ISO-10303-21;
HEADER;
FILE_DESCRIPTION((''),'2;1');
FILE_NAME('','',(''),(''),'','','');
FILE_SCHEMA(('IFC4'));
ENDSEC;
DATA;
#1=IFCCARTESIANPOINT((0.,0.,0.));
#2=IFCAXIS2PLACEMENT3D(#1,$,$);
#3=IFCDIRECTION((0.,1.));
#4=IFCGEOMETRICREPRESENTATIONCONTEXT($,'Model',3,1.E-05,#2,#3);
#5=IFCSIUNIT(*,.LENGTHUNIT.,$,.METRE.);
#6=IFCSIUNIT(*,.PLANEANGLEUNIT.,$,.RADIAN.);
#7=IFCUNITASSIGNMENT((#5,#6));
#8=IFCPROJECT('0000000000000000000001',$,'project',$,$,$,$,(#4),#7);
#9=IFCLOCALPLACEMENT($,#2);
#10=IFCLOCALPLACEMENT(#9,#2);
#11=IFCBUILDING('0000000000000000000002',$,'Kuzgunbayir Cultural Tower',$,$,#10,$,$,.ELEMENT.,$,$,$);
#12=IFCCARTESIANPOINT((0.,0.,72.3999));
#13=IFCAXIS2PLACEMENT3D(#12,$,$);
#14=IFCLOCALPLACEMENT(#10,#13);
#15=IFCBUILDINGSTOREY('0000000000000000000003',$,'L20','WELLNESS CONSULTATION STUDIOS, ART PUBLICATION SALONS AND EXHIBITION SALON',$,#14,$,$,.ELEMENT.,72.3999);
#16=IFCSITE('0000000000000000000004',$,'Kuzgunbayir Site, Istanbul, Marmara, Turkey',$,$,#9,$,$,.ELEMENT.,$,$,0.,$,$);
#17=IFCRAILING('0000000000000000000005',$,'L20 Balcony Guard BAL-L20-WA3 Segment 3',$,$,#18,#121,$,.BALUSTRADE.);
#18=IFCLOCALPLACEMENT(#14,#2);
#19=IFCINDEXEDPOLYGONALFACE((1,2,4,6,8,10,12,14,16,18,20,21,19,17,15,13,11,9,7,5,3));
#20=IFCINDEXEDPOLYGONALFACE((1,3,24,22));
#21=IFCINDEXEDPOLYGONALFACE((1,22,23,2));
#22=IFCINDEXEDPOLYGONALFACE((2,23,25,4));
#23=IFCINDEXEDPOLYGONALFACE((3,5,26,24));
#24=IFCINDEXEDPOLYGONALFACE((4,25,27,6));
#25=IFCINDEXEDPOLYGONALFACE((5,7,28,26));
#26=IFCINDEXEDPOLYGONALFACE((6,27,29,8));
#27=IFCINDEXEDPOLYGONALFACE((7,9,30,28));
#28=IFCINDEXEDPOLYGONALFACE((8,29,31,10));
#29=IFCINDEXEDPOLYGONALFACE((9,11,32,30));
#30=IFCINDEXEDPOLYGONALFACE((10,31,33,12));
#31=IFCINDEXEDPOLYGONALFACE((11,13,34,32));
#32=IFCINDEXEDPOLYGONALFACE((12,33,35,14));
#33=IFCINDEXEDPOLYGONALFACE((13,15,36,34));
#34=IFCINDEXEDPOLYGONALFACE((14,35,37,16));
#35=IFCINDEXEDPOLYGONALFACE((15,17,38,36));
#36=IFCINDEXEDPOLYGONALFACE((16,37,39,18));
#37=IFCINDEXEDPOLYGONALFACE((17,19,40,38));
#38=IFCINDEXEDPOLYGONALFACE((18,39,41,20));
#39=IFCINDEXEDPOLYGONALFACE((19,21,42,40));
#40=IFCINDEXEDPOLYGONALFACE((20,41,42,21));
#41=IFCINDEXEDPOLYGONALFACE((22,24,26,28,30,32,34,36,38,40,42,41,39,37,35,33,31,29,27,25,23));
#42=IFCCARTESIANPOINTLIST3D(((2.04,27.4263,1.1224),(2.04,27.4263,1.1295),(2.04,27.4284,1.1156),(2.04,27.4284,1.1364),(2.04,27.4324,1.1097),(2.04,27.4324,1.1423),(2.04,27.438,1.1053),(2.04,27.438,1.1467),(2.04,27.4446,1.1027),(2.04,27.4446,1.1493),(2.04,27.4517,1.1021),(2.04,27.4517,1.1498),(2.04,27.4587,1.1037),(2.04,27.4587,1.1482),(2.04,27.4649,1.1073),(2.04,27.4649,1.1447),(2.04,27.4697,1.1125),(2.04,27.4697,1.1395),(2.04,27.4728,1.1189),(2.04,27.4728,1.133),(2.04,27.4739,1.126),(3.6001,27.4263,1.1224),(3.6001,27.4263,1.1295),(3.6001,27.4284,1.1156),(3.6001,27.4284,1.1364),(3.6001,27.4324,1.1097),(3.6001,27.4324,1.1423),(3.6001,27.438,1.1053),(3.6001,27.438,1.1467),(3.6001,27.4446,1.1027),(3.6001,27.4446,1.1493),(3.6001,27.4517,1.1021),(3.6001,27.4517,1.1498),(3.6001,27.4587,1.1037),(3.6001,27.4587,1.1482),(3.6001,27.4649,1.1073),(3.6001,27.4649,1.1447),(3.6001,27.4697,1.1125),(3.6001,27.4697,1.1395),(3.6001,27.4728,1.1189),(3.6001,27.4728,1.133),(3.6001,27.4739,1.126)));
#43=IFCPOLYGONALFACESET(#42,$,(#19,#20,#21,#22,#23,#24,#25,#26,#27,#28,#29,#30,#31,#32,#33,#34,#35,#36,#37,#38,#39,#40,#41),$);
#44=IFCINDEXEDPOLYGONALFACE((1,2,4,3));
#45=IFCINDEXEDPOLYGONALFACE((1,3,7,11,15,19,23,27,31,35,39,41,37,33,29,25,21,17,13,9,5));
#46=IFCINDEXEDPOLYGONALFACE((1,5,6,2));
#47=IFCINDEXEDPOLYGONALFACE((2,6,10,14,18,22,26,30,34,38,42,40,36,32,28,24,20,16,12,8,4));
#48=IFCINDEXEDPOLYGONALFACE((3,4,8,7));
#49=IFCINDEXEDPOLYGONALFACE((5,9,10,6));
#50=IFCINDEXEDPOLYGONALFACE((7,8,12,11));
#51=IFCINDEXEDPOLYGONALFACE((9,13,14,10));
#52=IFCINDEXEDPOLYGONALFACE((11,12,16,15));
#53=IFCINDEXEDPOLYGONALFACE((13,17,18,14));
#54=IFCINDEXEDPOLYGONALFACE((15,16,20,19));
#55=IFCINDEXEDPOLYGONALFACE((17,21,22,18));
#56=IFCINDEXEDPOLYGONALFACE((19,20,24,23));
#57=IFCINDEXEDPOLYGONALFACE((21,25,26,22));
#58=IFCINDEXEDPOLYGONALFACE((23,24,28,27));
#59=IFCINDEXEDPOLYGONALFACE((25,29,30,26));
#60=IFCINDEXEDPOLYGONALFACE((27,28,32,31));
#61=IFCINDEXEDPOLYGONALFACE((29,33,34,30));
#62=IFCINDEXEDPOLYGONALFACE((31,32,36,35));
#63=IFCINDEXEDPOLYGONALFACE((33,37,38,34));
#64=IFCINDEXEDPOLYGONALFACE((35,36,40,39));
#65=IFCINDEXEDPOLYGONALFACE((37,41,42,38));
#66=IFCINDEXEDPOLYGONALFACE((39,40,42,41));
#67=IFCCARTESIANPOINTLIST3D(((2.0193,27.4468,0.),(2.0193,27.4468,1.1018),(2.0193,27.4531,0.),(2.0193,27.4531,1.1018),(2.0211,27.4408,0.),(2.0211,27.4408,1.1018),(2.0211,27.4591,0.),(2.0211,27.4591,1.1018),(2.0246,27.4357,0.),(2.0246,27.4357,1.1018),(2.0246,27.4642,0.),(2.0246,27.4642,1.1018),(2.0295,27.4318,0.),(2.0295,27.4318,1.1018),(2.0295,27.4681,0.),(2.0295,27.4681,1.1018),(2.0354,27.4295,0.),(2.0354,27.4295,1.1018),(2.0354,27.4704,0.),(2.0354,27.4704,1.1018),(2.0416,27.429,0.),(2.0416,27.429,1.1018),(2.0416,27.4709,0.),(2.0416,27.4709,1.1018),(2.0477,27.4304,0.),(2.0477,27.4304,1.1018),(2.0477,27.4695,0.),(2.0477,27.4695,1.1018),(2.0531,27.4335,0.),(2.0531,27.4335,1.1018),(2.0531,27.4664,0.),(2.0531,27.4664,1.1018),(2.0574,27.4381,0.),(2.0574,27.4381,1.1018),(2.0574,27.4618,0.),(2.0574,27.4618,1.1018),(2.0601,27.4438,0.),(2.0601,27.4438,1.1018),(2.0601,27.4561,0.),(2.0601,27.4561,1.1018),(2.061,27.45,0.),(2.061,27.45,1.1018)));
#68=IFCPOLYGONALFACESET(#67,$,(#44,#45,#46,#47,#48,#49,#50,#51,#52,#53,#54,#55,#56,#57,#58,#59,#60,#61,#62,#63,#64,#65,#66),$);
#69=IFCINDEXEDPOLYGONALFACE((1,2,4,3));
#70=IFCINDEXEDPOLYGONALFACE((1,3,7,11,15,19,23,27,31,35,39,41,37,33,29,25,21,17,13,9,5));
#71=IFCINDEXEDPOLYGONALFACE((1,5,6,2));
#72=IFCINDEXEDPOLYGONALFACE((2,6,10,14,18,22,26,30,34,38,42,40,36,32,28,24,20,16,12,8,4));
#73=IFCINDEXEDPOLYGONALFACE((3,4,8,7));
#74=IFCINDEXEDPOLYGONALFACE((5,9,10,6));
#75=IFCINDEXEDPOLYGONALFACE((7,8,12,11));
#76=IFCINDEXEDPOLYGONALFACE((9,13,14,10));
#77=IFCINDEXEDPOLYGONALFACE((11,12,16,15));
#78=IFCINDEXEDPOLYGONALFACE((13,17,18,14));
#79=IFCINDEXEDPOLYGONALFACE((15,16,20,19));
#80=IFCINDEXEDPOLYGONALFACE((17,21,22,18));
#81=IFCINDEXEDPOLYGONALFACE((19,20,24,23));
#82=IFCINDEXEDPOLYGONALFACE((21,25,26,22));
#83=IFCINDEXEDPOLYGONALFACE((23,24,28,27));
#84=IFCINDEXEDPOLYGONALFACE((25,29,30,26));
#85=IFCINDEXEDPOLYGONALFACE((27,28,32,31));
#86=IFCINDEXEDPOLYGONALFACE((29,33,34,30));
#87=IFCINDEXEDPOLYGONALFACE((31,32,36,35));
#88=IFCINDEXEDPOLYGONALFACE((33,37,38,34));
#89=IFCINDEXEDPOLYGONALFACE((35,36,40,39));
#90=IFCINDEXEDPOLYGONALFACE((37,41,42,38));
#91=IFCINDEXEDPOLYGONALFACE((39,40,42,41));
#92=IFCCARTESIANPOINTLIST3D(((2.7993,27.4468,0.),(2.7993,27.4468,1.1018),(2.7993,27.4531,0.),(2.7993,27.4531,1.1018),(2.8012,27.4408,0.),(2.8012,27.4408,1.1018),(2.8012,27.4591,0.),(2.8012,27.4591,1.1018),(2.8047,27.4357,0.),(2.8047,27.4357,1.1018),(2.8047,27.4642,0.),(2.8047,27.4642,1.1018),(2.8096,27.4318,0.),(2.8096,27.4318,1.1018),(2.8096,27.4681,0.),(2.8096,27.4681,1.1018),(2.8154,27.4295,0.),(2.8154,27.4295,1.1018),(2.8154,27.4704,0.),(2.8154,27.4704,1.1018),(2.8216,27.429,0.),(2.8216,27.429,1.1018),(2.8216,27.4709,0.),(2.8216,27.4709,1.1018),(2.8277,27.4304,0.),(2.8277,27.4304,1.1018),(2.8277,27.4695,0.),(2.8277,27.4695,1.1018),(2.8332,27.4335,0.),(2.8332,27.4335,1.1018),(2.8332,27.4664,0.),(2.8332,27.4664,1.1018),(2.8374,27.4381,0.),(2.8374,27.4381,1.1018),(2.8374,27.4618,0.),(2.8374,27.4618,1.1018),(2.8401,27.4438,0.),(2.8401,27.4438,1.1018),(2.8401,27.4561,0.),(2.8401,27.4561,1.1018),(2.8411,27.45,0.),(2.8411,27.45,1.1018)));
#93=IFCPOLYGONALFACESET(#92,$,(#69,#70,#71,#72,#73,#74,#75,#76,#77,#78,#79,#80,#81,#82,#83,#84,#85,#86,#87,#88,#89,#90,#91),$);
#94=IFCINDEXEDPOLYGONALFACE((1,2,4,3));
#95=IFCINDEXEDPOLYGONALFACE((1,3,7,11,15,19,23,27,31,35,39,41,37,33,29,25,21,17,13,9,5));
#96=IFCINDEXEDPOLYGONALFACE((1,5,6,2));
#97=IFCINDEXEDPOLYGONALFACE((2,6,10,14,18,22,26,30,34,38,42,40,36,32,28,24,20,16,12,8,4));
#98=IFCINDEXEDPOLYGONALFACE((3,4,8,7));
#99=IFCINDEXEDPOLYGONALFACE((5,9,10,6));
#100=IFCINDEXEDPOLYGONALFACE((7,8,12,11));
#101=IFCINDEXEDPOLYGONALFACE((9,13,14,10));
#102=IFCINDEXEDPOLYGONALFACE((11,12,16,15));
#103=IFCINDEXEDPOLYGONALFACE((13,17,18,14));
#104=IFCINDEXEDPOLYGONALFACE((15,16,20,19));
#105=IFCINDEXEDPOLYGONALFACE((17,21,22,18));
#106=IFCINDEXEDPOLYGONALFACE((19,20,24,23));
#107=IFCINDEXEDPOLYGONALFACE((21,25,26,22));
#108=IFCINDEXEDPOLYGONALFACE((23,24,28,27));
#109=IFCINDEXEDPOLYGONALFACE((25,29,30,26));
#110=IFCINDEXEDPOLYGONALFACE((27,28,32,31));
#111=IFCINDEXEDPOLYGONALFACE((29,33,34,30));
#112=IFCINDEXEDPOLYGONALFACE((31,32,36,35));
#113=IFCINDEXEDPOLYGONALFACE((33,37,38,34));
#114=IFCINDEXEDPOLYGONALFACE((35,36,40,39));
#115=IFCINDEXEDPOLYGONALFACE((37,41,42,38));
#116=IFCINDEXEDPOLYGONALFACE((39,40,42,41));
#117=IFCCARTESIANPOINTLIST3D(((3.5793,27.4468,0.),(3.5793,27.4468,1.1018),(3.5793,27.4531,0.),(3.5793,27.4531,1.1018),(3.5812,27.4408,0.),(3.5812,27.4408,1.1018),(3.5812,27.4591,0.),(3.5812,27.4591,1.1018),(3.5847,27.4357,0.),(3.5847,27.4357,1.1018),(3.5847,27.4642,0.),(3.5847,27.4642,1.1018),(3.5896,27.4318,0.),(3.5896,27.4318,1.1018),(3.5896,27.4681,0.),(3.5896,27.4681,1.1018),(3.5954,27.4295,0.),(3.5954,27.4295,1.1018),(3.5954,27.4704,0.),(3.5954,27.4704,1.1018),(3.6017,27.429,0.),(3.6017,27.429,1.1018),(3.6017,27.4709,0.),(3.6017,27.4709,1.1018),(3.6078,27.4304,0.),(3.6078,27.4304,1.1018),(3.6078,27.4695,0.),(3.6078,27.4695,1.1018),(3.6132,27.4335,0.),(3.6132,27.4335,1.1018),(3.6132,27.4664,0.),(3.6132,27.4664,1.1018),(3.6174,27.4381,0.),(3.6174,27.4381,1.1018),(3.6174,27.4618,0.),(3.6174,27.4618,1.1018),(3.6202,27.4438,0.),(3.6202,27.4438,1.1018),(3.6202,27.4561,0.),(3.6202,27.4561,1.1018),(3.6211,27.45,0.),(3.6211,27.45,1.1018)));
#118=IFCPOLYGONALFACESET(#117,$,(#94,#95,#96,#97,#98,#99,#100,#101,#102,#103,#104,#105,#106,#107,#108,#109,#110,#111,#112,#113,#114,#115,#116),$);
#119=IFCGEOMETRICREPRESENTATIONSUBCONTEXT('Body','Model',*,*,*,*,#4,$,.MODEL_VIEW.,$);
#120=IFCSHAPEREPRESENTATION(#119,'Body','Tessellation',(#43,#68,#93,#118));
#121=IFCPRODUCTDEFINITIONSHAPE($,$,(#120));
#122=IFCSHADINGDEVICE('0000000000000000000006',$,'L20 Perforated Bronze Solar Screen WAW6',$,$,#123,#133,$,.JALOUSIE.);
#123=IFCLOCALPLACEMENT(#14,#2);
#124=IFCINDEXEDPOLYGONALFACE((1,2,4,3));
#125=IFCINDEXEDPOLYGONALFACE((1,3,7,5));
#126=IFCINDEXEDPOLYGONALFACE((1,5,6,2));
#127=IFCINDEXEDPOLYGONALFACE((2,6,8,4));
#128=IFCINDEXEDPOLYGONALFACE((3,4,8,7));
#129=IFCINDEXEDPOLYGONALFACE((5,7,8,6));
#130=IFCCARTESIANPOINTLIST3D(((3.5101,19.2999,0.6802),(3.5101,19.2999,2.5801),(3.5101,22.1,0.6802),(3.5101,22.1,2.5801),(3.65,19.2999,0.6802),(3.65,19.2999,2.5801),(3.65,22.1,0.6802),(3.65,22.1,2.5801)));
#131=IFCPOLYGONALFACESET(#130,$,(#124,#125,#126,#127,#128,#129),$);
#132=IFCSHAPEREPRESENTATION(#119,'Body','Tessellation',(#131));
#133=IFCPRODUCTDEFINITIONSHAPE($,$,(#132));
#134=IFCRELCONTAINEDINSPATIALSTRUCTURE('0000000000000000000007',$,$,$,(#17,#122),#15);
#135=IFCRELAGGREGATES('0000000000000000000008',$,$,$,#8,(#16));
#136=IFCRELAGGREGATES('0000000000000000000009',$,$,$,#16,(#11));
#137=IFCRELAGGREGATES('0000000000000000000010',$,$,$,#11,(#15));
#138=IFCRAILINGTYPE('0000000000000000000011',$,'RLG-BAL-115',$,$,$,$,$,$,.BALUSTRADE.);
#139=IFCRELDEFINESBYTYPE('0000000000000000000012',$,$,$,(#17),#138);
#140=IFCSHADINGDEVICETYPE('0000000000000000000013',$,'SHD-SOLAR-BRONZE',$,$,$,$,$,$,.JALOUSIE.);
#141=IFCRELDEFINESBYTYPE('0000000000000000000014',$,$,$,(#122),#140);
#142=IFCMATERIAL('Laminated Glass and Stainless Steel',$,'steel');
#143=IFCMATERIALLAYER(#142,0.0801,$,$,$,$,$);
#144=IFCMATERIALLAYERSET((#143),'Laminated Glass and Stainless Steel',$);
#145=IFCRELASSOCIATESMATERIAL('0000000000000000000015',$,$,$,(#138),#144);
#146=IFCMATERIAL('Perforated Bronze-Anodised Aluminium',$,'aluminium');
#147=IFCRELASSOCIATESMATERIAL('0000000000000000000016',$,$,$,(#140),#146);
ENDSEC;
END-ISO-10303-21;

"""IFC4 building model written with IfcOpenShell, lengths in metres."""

from ifc_helpers import new_model, si_unit, direction, frame, origin, origin_2d, place, context, subcontext, project, spatial, rectangle, circle, extrude, material, layer, layer_set, type_object, element, save


model = new_model("IFC4")

# Units and contexts
model_context = context("Model", 3, precision=1e-05, world=origin(), true_north=direction((0.0, 1.0)))
body_context = subcontext(model_context, "Body", "Model", "MODEL_VIEW")
ifc_project = project(units=[si_unit("LENGTHUNIT", "METRE"), si_unit("PLANEANGLEUNIT", "RADIAN")], contexts=[model_context])

# Site, building, storey
site_placement = place(None, origin())
site = spatial("IfcSite", under=ifc_project, at=site_placement, Name="Kuzgunbayir Site, Istanbul, Marmara, Turkey", CompositionType="ELEMENT", RefElevation=0.0)
building_placement = place(site_placement, origin())
building = spatial("IfcBuilding", under=site, at=building_placement, Name="Kuzgunbayir Cultural Tower", CompositionType="ELEMENT")
storey_placement = place(building_placement, frame((0.0, 0.0, 72.3999)))
storey = spatial("IfcBuildingStorey", under=building, at=storey_placement, Name="L20", Description="WELLNESS CONSULTATION STUDIOS, ART PUBLICATION SALONS AND EXHIBITION SALON", CompositionType="ELEMENT", Elevation=72.3999)

# Railing
ifc_material_1 = material(Name="Laminated Glass and Stainless Steel", Category="steel")
ifc_layer_1 = layer(ifc_material_1, 0.0801)
ifc_layer_set_1 = layer_set([ifc_layer_1], Name="Laminated Glass and Stainless Steel")
railing_type = type_object("IfcRailingType", Name="RLG-BAL-115", PredefinedType="BALUSTRADE", material=ifc_layer_set_1)
railing_1_placement = place(storey_placement, frame((2.04, 27.45, 0.0)))
element("IfcRailing", 1, at=railing_1_placement, inside=storey, type_object=railing_type, Name="L20 Balcony Guard BAL-L20-WA3 Segment 3", PredefinedType="BALUSTRADE", context=body_context, shape_type="SweptSolid", body=[
    extrude(circle(Radius=0.0239, at=origin_2d()), frame((0.0, 0.0, 1.126), z_axis=(1.0, 0.0, 0.0), x_axis=(0.0, 1.0, 0.0)), (0.0, 0.0, 1.0), 1.5601),
    extrude(circle(Radius=0.021, at=origin_2d()), origin(), (0.0, 0.0, 1.0), 1.1018),
    extrude(circle(Radius=0.021, at=origin_2d()), frame((0.78, 0.0, 0.0)), (0.0, 0.0, 1.0), 1.1018),
    extrude(circle(Radius=0.021, at=origin_2d()), frame((1.5601, 0.0, 0.0)), (0.0, 0.0, 1.0), 1.1018),
])

# Shading device
ifc_material_2 = material(Name="Perforated Bronze-Anodised Aluminium", Category="aluminium")
shading_device_type = type_object("IfcShadingDeviceType", Name="SHD-SOLAR-BRONZE", PredefinedType="JALOUSIE", material=ifc_material_2)
shading_device_placement = place(storey_placement, frame((3.5801, 20.7, 0.6802), z_axis=(0.0, 0.0, 1.0), x_axis=(1.0, 0.0, 0.0)))
element("IfcShadingDevice", 2, at=shading_device_placement, inside=storey, type_object=shading_device_type, Name="L20 Perforated Bronze Solar Screen WAW6", PredefinedType="JALOUSIE", context=body_context, shape_type="SweptSolid", body=[
    extrude(rectangle(XDim=0.1399, YDim=2.8, at=origin_2d()), origin(), (0.0, 0.0, 1.0), 1.8999),
])

save(model, "model.ifc")
